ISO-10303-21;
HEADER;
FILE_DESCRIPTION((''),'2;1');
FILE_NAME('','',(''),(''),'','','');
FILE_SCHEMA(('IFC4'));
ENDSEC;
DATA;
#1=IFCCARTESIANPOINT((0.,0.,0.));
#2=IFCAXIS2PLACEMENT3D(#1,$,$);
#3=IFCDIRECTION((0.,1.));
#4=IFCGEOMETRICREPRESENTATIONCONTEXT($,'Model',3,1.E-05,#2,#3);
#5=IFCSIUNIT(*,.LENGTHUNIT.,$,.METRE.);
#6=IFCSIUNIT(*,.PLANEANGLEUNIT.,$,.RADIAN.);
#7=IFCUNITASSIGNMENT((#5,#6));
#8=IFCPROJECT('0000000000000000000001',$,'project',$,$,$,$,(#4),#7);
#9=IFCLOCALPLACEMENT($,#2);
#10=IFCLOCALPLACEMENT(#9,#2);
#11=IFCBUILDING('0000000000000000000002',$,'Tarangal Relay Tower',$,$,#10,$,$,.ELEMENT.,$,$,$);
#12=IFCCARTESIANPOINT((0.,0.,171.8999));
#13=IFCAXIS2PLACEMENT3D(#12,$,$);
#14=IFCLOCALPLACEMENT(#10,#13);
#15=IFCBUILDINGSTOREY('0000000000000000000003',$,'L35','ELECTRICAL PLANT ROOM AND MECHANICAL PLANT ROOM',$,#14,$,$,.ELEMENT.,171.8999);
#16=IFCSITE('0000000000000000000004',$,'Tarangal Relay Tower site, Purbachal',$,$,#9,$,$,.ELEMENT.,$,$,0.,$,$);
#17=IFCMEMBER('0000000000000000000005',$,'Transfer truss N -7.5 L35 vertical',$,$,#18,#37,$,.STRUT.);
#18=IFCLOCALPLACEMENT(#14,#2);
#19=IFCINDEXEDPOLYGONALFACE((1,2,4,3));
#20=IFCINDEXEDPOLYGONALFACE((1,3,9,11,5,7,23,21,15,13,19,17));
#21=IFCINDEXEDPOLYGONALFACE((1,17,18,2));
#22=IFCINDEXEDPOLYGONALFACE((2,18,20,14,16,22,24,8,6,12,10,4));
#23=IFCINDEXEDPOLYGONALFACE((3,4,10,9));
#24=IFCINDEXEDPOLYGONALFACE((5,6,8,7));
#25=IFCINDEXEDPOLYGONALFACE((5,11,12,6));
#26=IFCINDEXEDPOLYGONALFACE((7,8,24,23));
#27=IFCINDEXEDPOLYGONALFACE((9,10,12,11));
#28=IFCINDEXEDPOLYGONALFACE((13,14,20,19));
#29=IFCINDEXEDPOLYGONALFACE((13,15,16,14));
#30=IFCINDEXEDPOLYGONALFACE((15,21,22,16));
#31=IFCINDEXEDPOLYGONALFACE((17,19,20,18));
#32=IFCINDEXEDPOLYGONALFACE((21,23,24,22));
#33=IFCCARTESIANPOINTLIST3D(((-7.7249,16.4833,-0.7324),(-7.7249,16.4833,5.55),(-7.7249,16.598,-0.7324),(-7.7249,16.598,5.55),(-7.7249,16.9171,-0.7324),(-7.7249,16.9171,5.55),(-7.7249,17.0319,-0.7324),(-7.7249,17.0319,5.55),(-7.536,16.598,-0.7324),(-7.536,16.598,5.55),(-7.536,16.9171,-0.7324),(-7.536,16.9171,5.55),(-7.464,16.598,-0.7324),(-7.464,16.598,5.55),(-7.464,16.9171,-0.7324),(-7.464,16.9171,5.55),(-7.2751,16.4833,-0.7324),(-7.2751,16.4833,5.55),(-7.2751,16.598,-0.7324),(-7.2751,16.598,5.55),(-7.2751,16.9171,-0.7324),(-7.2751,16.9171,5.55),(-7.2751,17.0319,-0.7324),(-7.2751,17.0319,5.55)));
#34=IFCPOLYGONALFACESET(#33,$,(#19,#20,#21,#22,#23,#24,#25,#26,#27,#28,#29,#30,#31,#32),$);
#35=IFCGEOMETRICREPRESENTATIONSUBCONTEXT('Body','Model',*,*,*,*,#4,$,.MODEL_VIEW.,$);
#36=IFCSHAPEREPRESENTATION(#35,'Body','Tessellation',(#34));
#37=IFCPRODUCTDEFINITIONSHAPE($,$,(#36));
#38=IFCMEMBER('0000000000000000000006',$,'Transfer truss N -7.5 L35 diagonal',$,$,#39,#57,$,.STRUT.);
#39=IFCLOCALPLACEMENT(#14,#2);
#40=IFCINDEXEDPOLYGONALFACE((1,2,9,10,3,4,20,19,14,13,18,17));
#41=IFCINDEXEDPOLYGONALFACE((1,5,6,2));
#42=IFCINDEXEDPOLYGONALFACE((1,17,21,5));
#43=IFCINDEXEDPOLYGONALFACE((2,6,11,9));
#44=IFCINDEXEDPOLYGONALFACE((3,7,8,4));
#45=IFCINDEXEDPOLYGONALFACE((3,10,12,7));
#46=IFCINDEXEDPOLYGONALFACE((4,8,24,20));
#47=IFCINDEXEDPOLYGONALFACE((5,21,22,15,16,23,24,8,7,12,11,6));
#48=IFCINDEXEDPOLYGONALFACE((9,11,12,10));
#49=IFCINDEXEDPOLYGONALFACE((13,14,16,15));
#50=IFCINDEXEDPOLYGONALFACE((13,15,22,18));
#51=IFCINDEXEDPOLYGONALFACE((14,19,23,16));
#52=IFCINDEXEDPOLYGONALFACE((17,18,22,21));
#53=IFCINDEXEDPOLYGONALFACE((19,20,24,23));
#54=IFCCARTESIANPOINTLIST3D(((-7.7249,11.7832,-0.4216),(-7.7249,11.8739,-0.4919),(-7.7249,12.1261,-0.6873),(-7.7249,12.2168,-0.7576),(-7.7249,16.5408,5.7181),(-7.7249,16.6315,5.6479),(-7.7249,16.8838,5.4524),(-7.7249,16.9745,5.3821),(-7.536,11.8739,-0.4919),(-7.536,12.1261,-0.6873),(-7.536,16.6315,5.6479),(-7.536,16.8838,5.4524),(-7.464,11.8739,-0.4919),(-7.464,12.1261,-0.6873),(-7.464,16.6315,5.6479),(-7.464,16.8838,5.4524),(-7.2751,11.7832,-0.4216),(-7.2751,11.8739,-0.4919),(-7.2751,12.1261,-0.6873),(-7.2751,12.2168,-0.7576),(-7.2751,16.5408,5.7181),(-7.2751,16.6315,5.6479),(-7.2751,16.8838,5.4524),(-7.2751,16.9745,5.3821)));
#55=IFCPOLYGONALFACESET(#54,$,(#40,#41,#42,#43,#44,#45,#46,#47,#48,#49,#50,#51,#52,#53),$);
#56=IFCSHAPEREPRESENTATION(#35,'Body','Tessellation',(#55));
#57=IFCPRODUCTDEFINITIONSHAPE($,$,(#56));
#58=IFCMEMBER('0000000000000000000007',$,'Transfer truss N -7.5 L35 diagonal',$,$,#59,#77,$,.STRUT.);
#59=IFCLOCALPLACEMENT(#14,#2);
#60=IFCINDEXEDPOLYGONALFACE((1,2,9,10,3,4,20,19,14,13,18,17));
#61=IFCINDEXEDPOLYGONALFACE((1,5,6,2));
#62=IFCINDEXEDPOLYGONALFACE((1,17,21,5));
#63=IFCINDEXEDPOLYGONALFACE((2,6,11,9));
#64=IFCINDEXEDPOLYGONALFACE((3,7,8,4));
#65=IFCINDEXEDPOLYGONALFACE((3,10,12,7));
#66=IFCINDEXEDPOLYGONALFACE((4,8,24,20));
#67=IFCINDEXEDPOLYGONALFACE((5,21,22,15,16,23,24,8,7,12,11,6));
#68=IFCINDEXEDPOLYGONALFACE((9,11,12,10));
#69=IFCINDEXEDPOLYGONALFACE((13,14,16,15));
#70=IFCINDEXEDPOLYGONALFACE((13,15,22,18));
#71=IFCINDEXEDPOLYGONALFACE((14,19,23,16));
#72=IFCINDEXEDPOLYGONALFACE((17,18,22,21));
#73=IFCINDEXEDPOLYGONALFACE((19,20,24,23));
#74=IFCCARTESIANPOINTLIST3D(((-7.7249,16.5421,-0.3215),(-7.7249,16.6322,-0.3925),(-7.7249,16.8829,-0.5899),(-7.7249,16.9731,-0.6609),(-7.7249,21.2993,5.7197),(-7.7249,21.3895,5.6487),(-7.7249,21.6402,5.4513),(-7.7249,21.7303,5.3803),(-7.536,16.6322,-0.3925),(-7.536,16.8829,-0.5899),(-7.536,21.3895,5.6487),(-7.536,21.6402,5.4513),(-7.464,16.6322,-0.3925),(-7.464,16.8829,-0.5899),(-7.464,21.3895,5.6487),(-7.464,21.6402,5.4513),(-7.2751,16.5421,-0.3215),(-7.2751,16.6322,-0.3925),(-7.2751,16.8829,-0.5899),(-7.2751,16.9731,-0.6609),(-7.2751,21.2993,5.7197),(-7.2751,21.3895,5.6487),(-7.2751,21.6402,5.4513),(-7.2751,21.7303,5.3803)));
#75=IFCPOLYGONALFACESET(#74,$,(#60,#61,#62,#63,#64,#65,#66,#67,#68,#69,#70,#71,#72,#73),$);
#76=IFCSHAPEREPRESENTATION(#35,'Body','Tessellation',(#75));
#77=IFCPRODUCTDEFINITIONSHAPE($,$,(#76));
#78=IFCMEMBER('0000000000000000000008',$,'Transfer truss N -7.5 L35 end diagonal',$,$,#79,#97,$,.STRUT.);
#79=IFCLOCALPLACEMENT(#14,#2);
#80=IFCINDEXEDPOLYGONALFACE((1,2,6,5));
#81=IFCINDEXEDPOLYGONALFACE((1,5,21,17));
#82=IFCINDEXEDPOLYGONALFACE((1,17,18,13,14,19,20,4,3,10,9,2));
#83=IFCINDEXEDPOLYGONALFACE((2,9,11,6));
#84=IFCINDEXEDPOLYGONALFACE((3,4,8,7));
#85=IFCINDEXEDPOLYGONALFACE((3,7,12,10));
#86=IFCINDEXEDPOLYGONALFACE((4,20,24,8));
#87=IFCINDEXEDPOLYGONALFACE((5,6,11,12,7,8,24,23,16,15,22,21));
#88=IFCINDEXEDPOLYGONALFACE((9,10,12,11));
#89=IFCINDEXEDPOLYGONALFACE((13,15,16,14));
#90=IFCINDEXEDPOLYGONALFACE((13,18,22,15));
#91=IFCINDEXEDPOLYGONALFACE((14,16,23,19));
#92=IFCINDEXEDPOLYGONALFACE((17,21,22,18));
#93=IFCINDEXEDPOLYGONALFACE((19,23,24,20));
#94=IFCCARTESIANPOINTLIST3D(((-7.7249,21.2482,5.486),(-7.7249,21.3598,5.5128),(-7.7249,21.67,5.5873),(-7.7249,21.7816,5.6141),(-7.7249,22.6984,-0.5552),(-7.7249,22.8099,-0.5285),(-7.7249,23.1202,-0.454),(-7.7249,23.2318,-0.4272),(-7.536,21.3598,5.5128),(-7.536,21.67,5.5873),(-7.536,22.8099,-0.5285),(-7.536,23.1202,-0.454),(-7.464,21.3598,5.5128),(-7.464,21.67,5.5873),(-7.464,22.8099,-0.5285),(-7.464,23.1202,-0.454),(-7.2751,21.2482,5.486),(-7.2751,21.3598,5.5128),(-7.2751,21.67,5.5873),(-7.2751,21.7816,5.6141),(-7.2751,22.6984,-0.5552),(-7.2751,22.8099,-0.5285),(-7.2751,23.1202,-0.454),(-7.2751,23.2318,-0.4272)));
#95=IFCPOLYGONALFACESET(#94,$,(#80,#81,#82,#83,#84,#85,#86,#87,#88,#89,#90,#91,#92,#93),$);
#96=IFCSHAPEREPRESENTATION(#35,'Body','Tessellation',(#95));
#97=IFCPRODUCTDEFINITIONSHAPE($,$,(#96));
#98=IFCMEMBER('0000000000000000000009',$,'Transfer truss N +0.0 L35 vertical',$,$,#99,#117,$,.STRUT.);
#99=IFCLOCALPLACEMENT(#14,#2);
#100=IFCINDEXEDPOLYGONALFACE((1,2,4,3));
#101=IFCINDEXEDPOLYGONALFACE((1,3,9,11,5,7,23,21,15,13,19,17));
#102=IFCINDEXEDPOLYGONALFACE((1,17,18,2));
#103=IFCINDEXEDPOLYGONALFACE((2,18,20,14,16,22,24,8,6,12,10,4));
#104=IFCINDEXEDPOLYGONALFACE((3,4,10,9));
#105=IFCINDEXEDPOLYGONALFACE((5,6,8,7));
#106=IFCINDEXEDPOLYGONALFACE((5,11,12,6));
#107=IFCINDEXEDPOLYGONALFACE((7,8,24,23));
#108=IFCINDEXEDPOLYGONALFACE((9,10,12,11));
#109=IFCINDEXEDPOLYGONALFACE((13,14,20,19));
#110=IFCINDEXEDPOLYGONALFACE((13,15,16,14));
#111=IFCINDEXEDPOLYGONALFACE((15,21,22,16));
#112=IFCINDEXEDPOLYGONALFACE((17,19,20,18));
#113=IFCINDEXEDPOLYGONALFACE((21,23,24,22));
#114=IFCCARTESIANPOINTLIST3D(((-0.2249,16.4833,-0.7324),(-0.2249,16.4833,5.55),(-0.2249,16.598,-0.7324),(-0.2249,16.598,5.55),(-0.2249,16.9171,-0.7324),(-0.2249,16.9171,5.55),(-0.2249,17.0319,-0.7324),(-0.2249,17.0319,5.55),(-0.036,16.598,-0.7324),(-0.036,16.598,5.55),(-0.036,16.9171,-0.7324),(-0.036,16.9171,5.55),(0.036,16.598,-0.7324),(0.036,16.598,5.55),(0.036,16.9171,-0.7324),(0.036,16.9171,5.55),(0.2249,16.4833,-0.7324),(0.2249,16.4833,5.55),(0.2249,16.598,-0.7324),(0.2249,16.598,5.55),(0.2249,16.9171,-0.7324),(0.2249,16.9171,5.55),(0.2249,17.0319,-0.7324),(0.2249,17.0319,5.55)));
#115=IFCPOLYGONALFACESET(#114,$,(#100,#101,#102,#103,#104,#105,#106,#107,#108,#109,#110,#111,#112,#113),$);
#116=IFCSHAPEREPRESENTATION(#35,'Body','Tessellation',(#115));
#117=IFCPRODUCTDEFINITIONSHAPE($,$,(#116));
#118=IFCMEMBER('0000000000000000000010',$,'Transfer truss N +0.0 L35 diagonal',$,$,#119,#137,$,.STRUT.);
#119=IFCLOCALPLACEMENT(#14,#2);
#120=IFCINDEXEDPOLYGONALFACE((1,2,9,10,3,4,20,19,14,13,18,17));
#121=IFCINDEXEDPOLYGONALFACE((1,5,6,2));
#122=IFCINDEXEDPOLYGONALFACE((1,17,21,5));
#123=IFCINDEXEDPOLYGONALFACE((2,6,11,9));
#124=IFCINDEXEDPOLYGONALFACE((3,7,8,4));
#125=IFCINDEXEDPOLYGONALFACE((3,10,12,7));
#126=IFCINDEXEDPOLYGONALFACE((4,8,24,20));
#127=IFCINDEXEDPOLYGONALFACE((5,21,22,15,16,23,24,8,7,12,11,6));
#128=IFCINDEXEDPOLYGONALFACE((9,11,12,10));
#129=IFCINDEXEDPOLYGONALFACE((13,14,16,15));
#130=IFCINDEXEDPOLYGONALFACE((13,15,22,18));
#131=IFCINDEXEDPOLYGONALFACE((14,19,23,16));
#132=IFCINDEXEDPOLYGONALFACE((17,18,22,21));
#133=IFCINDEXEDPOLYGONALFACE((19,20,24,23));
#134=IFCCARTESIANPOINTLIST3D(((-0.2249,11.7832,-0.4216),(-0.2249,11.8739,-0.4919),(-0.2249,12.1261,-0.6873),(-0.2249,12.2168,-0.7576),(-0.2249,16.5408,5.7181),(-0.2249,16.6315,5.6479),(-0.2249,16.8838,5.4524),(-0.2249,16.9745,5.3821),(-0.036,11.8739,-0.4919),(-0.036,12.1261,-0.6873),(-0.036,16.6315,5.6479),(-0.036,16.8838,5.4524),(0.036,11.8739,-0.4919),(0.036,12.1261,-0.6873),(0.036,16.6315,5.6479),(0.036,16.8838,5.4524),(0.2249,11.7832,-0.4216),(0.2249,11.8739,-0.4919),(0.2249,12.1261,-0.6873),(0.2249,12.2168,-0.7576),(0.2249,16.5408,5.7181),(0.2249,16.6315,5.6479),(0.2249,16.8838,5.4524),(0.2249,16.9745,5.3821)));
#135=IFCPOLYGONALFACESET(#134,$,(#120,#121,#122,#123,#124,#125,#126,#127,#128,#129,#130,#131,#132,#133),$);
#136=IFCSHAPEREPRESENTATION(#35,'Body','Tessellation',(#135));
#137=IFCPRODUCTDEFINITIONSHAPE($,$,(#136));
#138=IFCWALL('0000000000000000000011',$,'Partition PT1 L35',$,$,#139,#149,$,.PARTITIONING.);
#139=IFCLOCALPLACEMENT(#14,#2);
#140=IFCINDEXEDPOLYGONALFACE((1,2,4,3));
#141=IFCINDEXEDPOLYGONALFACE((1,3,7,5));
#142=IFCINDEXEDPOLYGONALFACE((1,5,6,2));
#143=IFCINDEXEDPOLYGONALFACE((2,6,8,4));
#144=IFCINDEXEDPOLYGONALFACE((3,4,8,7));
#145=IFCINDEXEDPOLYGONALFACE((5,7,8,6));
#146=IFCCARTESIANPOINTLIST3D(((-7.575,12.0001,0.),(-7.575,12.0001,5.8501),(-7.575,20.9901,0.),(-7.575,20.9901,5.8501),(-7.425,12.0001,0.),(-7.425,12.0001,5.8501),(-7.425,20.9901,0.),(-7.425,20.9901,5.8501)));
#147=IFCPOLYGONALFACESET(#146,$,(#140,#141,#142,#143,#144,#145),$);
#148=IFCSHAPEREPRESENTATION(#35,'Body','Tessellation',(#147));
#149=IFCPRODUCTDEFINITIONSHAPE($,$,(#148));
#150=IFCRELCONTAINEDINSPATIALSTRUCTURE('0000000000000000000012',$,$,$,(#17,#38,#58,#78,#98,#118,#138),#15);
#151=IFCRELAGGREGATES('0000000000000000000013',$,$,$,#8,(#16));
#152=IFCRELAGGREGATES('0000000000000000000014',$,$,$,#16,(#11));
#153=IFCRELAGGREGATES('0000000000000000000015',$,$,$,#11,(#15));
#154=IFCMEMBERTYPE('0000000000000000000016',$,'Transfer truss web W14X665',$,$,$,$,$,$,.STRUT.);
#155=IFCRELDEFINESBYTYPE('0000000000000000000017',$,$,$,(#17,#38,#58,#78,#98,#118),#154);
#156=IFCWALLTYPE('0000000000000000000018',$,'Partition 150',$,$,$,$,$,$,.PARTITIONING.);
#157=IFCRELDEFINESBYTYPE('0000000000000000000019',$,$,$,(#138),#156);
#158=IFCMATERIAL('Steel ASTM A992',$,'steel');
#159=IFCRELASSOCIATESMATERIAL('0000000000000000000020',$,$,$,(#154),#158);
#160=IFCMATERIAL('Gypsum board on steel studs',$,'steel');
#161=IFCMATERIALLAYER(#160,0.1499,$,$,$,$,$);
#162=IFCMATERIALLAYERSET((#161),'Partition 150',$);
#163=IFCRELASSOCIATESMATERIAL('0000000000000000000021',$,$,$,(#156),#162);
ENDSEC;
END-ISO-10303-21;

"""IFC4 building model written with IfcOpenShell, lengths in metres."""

from ifc_helpers import new_model, si_unit, direction, frame, frame_2d, origin, origin_2d, place, context, subcontext, project, spatial, rectangle, i_section, extrude, material, layer, layer_set, material_profile, profile_set, type_object, element, save


model = new_model("IFC4")

# Units and contexts
model_context = context("Model", 3, precision=1e-05, world=origin(), true_north=direction((0.0, 1.0)))
body_context = subcontext(model_context, "Body", "Model", "MODEL_VIEW")
ifc_project = project(units=[si_unit("LENGTHUNIT", "METRE"), si_unit("PLANEANGLEUNIT", "RADIAN")], contexts=[model_context])

# Site, building, storey
site_placement = place(None, origin())
site = spatial("IfcSite", under=ifc_project, at=site_placement, Name="Tarangal Relay Tower site, Purbachal", CompositionType="ELEMENT", RefElevation=0.0)
building_placement = place(site_placement, origin())
building = spatial("IfcBuilding", under=site, at=building_placement, Name="Tarangal Relay Tower", CompositionType="ELEMENT")
storey_placement = place(building_placement, frame((0.0, 0.0, 171.8999)))
storey = spatial("IfcBuildingStorey", under=building, at=storey_placement, Name="L35", Description="ELECTRICAL PLANT ROOM AND MECHANICAL PLANT ROOM", CompositionType="ELEMENT", Elevation=171.8999)

# Shared definitions
ifc_material_1 = material(Name="Steel ASTM A992", Category="steel")

# Members
ifc_material_profile_1 = material_profile(ifc_material_1, i_section(OverallWidth=0.4497, OverallDepth=0.5486, WebThickness=0.072, FlangeThickness=0.1147, at=origin_2d()), Name="W14X665")
ifc_profile_set_1 = profile_set([ifc_material_profile_1], Name="Steel ASTM A992")
member_type_1 = type_object("IfcMemberType", Name="Transfer truss web W14X665", PredefinedType="STRUT", material=ifc_profile_set_1)
member_1_placement = place(storey_placement, frame((-7.5, 16.7576, -0.7324), z_axis=(0.0, 0.0, 1.0), x_axis=(1.0, 0.0, 0.0)))
element("IfcMember", 1, at=member_1_placement, inside=storey, type_object=member_type_1, Name="Transfer truss N -7.5 L35 vertical", PredefinedType="STRUT", context=body_context, shape_type="SweptSolid", body=[
    extrude(i_section(OverallWidth=0.4497, OverallDepth=0.5486, WebThickness=0.072, FlangeThickness=0.1147, at=origin_2d()), origin(), (0.0, 0.0, 1.0), 6.2825),
])
member_2_placement = place(storey_placement, frame((-7.5, 12.0, -0.5896), z_axis=(0.0, 0.612519, 0.790456), x_axis=(-1.0, 0.0, 0.0)))
element("IfcMember", 2, at=member_2_placement, inside=storey, type_object=member_type_1, Name="Transfer truss N -7.5 L35 diagonal", PredefinedType="STRUT", context=body_context, shape_type="SweptSolid", body=[
    extrude(i_section(OverallWidth=0.4497, OverallDepth=0.5486, WebThickness=0.072, FlangeThickness=0.1147, at=origin_2d()), origin(), (0.0, 0.0, 1.0), 7.7673),
])
member_3_placement = place(storey_placement, frame((-7.5, 16.7576, -0.4912), z_axis=(0.0, 0.618675, 0.785647), x_axis=(-1.0, 0.0, 0.0)))
element("IfcMember", 3, at=member_3_placement, inside=storey, type_object=member_type_1, Name="Transfer truss N -7.5 L35 diagonal", PredefinedType="STRUT", context=body_context, shape_type="SweptSolid", body=[
    extrude(i_section(OverallWidth=0.4497, OverallDepth=0.5486, WebThickness=0.072, FlangeThickness=0.1147, at=origin_2d()), origin(), (0.0, 0.0, 1.0), 7.6895),
])
member_4_placement = place(storey_placement, frame((-7.5, 22.9651, -0.4912), z_axis=(0.0, -0.233418, 0.972377), x_axis=(1.0, 0.0, 0.0)))
element("IfcMember", 4, at=member_4_placement, inside=storey, type_object=member_type_1, Name="Transfer truss N -7.5 L35 end diagonal", PredefinedType="STRUT", context=body_context, shape_type="SweptSolid", body=[
    extrude(i_section(OverallWidth=0.4497, OverallDepth=0.5486, WebThickness=0.072, FlangeThickness=0.1147, at=origin_2d()), origin(), (0.0, 0.0, 1.0), 6.2129),
])
member_5_placement = place(storey_placement, frame((0.0, 16.7576, -0.7324), z_axis=(0.0, 0.0, 1.0), x_axis=(1.0, 0.0, 0.0)))
element("IfcMember", 5, at=member_5_placement, inside=storey, type_object=member_type_1, Name="Transfer truss N +0.0 L35 vertical", PredefinedType="STRUT", context=body_context, shape_type="SweptSolid", body=[
    extrude(i_section(OverallWidth=0.4497, OverallDepth=0.5486, WebThickness=0.072, FlangeThickness=0.1147, at=origin_2d()), origin(), (0.0, 0.0, 1.0), 6.2825),
])
member_6_placement = place(storey_placement, frame((0.0, 12.0, -0.5896), z_axis=(0.0, 0.612519, 0.790456), x_axis=(-1.0, 0.0, 0.0)))
element("IfcMember", 6, at=member_6_placement, inside=storey, type_object=member_type_1, Name="Transfer truss N +0.0 L35 diagonal", PredefinedType="STRUT", context=body_context, shape_type="SweptSolid", body=[
    extrude(i_section(OverallWidth=0.4497, OverallDepth=0.5486, WebThickness=0.072, FlangeThickness=0.1147, at=origin_2d()), origin(), (0.0, 0.0, 1.0), 7.7673),
])

# Wall
ifc_material_2 = material(Name="Gypsum board on steel studs", Category="steel")
ifc_layer = layer(ifc_material_2, 0.1499)
ifc_layer_set = layer_set([ifc_layer], Name="Partition 150")
wall_type = type_object("IfcWallType", Name="Partition 150", PredefinedType="PARTITIONING", material=ifc_layer_set)
wall_placement = place(storey_placement, frame((-7.5, 12.0, 0.0), z_axis=(0.0, 0.0, 1.0), x_axis=(0.0, 1.0, 0.0)))
element("IfcWall", 7, at=wall_placement, inside=storey, type_object=wall_type, Name="Partition PT1 L35", PredefinedType="PARTITIONING", context=body_context, shape_type="SweptSolid", body=[
    extrude(rectangle(XDim=8.99, YDim=0.1499, at=frame_2d((4.4951, 0.0))), origin(), (0.0, 0.0, 1.0), 5.8501),
])

save(model, "model.ifc")
